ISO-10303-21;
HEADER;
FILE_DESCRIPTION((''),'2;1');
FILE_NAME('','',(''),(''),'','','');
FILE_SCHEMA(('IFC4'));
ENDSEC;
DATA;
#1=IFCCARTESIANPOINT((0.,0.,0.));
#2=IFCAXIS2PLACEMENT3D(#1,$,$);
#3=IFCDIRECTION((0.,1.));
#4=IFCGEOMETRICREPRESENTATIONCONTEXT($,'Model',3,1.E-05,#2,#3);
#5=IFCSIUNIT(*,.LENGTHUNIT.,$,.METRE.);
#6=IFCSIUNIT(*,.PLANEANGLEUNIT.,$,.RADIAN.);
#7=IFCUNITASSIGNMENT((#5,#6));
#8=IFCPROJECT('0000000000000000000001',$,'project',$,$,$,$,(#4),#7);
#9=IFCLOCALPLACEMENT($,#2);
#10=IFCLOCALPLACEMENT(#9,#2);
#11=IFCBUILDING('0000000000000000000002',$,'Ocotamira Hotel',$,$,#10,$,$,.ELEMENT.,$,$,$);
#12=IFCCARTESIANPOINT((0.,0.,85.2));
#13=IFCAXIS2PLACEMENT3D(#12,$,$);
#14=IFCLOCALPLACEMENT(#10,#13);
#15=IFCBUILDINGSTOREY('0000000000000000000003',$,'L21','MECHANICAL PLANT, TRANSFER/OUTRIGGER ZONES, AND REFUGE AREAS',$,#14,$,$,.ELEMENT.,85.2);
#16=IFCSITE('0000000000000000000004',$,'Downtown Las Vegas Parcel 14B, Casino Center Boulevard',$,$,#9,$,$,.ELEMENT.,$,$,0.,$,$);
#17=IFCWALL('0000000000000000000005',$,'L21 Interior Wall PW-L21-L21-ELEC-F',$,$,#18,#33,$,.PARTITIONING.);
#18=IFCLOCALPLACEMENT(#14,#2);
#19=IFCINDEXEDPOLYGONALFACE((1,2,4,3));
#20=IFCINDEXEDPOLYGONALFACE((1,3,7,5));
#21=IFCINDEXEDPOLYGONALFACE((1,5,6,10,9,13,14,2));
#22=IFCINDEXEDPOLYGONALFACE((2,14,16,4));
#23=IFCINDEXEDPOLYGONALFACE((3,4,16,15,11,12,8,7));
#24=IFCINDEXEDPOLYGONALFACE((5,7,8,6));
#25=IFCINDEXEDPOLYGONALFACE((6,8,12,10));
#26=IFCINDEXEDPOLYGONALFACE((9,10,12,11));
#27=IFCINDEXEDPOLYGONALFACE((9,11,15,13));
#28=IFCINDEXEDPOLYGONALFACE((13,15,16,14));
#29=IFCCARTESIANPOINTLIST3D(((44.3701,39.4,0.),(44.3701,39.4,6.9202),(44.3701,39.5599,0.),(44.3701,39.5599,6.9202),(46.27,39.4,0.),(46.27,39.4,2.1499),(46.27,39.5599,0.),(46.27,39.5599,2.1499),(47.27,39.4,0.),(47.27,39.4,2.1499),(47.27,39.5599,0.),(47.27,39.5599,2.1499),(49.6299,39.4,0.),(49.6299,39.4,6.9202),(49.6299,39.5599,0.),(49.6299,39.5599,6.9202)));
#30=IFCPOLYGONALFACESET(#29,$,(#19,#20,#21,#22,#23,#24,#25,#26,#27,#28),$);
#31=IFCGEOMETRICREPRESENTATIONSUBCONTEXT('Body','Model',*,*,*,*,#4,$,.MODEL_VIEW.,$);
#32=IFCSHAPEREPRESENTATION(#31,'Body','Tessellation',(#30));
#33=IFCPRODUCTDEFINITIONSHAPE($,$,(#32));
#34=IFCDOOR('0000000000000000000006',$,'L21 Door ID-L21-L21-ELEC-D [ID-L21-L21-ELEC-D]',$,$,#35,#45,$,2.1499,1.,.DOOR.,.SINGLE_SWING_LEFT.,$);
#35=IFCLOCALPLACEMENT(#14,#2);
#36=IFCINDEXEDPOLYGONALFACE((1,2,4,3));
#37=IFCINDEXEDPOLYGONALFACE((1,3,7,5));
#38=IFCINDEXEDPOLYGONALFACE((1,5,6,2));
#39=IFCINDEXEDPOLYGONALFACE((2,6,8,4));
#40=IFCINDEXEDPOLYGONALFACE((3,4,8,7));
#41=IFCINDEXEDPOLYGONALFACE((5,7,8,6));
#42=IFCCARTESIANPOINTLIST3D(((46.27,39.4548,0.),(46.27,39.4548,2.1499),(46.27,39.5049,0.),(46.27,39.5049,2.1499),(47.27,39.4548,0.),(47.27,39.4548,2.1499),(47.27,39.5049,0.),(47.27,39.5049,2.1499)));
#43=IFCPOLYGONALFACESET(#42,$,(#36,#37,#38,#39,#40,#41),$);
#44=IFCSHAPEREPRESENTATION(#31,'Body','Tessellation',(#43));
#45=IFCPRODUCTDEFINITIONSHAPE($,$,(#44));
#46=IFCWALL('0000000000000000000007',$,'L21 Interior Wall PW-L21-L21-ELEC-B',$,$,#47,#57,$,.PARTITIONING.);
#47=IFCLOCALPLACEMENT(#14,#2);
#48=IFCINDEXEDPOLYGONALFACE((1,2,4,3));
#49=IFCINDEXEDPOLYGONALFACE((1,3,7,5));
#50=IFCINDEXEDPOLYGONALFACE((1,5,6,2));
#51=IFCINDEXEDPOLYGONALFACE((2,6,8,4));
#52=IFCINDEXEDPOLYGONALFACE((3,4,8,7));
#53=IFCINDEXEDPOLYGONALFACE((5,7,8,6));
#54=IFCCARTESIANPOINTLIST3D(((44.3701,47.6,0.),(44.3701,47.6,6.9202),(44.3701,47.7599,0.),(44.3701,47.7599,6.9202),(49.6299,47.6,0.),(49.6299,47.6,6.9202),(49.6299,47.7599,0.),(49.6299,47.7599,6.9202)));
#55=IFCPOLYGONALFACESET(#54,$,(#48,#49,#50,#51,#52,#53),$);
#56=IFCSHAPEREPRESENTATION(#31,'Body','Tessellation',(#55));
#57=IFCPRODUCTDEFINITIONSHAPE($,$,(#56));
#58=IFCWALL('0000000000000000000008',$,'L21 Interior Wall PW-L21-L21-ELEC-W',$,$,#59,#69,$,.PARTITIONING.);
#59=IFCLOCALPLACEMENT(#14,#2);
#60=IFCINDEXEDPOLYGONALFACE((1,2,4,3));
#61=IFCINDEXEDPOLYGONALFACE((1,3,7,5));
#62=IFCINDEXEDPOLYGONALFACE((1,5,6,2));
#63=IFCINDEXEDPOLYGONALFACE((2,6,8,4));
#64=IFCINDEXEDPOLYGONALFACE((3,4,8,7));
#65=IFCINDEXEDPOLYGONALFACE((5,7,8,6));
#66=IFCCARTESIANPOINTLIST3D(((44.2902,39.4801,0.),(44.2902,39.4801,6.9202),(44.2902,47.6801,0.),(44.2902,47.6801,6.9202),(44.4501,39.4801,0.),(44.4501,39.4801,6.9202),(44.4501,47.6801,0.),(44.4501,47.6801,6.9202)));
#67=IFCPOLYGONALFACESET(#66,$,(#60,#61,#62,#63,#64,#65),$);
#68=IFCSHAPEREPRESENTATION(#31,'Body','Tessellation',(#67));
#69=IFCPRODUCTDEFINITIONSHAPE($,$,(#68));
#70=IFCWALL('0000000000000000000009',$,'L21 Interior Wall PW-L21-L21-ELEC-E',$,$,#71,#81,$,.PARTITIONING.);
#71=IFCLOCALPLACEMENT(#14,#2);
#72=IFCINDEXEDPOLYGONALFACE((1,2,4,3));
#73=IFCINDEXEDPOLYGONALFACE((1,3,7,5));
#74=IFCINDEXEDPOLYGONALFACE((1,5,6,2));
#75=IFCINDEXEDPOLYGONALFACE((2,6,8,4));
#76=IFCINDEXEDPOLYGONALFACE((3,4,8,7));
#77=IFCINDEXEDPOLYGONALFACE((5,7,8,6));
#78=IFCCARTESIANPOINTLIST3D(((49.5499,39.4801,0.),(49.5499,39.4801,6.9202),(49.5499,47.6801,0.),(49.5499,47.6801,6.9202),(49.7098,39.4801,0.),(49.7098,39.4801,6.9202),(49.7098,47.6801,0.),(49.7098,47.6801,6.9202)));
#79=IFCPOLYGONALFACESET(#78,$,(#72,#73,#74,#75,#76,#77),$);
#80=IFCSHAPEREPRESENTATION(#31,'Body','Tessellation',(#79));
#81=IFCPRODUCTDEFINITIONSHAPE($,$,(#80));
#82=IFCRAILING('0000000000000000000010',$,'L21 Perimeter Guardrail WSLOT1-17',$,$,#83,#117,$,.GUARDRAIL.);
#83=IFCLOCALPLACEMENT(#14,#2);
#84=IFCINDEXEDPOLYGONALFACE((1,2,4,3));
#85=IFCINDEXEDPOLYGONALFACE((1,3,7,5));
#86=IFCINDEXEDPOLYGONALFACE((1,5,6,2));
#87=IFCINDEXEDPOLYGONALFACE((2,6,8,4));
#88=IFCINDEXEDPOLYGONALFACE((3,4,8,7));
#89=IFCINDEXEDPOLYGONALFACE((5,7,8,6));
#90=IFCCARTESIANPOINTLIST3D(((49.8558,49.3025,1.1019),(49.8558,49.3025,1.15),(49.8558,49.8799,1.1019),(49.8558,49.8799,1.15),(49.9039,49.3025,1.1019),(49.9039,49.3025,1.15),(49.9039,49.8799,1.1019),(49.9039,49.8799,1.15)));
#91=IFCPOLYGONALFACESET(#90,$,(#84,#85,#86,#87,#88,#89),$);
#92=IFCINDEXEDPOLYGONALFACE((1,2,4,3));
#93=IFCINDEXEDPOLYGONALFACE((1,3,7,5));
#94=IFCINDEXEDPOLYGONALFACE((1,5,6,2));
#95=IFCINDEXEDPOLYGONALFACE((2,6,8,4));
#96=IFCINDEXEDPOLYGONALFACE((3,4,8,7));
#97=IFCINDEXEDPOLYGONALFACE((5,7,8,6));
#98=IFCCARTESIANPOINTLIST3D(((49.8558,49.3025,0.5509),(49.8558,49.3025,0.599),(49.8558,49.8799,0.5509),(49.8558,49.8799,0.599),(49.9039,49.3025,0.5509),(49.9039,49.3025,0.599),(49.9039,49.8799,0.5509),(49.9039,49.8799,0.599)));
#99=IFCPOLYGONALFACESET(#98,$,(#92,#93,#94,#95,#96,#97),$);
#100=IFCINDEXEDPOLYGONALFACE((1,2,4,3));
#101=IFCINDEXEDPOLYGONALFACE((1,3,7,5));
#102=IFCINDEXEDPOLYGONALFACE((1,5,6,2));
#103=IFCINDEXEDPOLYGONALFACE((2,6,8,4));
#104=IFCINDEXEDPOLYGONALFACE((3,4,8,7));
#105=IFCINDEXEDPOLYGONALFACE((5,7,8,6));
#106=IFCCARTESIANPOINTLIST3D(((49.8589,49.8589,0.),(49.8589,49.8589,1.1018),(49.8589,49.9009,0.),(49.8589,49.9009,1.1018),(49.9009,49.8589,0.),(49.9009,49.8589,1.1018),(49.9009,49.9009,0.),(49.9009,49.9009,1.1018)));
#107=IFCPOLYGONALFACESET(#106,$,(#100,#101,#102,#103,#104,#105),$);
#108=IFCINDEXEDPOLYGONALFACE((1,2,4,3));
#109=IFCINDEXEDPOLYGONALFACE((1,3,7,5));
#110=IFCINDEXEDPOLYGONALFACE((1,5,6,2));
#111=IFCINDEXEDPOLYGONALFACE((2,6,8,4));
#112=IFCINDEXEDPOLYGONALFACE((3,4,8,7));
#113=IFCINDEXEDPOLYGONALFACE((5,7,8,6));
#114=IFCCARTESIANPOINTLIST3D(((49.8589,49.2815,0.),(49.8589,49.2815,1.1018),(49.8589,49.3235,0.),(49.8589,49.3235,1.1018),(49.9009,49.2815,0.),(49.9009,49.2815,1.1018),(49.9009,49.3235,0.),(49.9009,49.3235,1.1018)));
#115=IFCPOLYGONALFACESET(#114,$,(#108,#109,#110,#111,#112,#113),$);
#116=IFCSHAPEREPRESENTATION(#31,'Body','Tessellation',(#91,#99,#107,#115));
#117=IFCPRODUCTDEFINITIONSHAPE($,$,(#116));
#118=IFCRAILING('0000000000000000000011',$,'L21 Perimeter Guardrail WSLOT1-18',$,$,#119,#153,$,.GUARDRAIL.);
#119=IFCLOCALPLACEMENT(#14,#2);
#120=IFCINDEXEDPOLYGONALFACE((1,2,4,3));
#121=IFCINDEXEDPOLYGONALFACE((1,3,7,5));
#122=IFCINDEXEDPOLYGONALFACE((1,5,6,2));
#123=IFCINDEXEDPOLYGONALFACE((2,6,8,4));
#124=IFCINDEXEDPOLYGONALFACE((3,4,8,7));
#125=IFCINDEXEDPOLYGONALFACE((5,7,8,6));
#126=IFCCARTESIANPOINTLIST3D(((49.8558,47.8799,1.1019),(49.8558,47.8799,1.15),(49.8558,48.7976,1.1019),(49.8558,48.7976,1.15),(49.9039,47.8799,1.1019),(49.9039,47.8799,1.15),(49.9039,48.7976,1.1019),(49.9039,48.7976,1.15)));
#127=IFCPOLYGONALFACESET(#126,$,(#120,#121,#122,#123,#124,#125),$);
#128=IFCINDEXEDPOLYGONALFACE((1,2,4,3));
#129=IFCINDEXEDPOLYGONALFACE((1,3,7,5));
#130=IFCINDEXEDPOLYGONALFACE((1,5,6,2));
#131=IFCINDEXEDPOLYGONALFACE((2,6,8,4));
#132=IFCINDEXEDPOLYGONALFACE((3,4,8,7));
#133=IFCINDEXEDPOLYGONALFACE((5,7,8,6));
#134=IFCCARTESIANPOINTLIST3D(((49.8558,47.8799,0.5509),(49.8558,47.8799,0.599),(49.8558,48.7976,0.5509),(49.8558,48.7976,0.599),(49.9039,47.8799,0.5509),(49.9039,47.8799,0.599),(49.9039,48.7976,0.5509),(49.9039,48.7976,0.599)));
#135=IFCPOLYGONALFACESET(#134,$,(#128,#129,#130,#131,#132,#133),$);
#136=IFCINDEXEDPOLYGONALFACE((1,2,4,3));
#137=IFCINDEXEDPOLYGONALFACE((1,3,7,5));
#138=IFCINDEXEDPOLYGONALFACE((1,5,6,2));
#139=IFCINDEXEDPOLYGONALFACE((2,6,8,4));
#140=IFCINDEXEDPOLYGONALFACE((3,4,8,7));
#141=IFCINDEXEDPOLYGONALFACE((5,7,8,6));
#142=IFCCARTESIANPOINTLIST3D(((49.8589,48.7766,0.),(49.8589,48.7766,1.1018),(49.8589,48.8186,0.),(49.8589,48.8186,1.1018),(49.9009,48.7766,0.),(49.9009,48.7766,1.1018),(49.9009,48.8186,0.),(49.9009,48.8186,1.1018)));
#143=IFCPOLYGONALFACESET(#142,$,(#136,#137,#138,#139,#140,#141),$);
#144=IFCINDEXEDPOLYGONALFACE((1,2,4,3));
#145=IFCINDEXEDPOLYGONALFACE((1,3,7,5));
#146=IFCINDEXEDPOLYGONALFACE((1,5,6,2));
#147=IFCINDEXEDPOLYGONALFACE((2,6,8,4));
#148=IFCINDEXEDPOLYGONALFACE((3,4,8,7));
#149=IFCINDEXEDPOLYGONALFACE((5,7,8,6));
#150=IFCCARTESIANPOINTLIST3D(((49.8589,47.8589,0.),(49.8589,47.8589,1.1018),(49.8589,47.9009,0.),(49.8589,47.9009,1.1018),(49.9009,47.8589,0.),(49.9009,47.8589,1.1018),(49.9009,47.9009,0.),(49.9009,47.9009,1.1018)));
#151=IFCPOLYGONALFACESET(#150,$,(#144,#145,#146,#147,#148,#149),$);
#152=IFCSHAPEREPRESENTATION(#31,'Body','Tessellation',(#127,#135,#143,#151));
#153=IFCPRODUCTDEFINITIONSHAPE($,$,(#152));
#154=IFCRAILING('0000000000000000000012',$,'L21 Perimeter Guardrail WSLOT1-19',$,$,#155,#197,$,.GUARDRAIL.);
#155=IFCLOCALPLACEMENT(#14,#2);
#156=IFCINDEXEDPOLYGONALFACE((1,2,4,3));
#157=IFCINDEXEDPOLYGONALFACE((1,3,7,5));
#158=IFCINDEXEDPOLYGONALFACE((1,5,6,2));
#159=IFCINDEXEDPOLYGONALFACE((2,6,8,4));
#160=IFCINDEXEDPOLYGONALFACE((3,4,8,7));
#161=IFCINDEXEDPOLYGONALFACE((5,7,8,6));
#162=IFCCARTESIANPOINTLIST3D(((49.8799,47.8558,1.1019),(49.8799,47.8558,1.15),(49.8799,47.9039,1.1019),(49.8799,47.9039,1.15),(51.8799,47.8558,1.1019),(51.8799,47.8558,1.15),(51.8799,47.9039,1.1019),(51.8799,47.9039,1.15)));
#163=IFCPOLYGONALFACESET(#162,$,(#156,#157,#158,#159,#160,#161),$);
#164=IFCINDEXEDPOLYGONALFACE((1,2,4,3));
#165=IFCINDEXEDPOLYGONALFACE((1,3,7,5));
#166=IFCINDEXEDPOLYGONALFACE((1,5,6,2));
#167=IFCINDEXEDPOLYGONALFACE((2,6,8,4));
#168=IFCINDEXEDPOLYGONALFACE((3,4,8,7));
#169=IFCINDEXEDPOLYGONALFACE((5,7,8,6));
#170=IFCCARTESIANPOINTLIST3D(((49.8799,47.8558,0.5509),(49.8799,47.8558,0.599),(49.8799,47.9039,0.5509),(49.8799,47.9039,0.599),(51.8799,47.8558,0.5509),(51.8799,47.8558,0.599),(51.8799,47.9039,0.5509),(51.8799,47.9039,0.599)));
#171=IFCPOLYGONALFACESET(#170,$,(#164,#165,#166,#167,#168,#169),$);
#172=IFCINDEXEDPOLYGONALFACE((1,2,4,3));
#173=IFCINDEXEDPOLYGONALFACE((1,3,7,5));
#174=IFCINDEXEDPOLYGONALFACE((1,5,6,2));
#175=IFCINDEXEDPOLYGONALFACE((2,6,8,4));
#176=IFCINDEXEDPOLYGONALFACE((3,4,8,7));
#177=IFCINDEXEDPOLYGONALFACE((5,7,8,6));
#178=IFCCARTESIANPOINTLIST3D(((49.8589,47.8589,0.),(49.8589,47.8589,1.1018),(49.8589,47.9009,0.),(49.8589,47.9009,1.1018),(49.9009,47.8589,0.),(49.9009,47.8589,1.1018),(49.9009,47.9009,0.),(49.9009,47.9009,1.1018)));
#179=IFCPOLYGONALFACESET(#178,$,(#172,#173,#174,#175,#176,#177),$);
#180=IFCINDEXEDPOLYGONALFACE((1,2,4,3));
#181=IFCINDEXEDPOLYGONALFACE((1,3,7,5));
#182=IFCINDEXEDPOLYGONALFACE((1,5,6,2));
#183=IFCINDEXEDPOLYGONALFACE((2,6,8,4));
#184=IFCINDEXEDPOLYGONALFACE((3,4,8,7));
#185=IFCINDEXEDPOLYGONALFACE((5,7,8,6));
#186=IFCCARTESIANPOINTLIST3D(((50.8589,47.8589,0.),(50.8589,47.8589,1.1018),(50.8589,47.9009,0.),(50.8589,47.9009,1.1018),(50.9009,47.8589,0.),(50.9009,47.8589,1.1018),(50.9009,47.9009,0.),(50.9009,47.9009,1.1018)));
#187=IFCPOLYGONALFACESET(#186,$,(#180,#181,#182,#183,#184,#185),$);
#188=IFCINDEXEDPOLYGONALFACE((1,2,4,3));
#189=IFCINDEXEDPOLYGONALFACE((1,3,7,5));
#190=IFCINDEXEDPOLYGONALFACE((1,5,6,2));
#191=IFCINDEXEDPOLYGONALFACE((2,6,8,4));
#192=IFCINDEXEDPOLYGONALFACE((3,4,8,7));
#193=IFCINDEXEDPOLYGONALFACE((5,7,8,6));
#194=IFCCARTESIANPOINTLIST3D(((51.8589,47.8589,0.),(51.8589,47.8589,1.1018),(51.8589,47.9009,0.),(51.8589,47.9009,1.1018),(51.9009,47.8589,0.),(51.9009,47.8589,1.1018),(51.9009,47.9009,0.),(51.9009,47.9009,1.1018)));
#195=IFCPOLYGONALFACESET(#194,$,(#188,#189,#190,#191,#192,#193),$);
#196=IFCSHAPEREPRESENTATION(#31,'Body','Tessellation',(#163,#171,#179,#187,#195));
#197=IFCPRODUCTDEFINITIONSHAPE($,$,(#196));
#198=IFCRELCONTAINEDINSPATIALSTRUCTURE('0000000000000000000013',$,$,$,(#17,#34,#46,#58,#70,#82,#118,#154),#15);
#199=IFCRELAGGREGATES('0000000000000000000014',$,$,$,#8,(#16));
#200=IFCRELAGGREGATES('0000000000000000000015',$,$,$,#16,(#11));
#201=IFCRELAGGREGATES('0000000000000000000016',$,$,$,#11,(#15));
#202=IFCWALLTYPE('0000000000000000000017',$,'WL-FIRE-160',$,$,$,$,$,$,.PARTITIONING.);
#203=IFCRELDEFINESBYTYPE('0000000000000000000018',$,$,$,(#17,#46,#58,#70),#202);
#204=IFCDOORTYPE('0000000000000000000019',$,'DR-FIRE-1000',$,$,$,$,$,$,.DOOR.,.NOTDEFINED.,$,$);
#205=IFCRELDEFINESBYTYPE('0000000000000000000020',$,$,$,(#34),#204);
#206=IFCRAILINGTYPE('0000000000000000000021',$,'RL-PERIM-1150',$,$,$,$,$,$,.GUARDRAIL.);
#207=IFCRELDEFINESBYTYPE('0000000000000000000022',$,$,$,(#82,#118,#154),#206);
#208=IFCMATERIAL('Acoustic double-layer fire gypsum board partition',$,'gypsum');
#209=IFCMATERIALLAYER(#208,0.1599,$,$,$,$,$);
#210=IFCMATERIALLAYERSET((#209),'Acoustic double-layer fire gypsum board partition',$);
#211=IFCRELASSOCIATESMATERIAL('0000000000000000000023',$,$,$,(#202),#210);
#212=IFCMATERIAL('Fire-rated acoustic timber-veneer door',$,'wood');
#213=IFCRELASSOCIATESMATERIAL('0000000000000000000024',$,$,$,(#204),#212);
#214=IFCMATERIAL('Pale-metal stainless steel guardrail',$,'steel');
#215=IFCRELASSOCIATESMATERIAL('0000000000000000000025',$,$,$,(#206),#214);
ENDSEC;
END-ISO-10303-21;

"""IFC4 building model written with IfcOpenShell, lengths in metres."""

from ifc_helpers import new_model, si_unit, direction, frame, frame_2d, origin, origin_2d, place, context, subcontext, project, spatial, rectangle, extrude, source, transform, mapped, material, layer, layer_set, type_object, element, fill, save


model = new_model("IFC4")

# Units and contexts
model_context = context("Model", 3, precision=1e-05, world=origin(), true_north=direction((0.0, 1.0)))
body_context = subcontext(model_context, "Body", "Model", "MODEL_VIEW")
ifc_project = project(units=[si_unit("LENGTHUNIT", "METRE"), si_unit("PLANEANGLEUNIT", "RADIAN")], contexts=[model_context])

# Site, building, storey
site_placement = place(None, origin())
site = spatial("IfcSite", under=ifc_project, at=site_placement, Name="Downtown Las Vegas Parcel 14B, Casino Center Boulevard", CompositionType="ELEMENT", RefElevation=0.0)
building_placement = place(site_placement, origin())
building = spatial("IfcBuilding", under=site, at=building_placement, Name="Ocotamira Hotel", CompositionType="ELEMENT")
storey_placement = place(building_placement, frame((0.0, 0.0, 85.2)))
storey = spatial("IfcBuildingStorey", under=building, at=storey_placement, Name="L21", Description="MECHANICAL PLANT, TRANSFER/OUTRIGGER ZONES, AND REFUGE AREAS", CompositionType="ELEMENT", Elevation=85.2)

# Wall, opening, door
ifc_material_1 = material(Name="Acoustic double-layer fire gypsum board partition", Category="gypsum")
ifc_layer_1 = layer(ifc_material_1, 0.1599)
ifc_layer_set_1 = layer_set([ifc_layer_1], Name="Acoustic double-layer fire gypsum board partition")
wall_type = type_object("IfcWallType", Name="WL-FIRE-160", PredefinedType="PARTITIONING", material=ifc_layer_set_1)
wall_1_placement = place(storey_placement, frame((44.3701, 39.48, 0.0), z_axis=(0.0, 0.0, 1.0), x_axis=(1.0, 0.0, 0.0)))
wall_1 = element("IfcWall", 1, at=wall_1_placement, inside=storey, type_object=wall_type, Name="L21 Interior Wall PW-L21-L21-ELEC-F", PredefinedType="PARTITIONING", context=body_context, shape_type="SweptSolid", body=[
    extrude(rectangle(XDim=5.2598, YDim=0.1599, at=frame_2d((2.6299, 0.0))), origin(), (0.0, 0.0, 1.0), 6.9202),
])
opening_placement = place(wall_1_placement, frame((1.8999, 0.0, 0.0)))
opening = element("IfcOpeningElement", 2, at=opening_placement, cuts=wall_1, PredefinedType="OPENING", context=body_context, shape_type="SweptSolid", body=[
    extrude(rectangle(XDim=1.0, YDim=2.1499, at=frame_2d((0.5, 1.075))), frame((0.0, 0.0898, 0.0), z_axis=(0.0, -1.0, 0.0), x_axis=(1.0, 0.0, 0.0)), (0.0, 0.0, 1.0), 0.1799),
])
ifc_material_2 = material(Name="Fire-rated acoustic timber-veneer door", Category="wood")
door_type = type_object("IfcDoorType", Name="DR-FIRE-1000", OperationType="NOTDEFINED", PredefinedType="DOOR", material=ifc_material_2)
shared_shape_1 = source(origin(), body_context, "Body", "SweptSolid", [
    extrude(rectangle(XDim=1.0, YDim=2.1499, at=frame_2d((0.5, 1.075))), frame((0.0, 0.0249, 0.0), z_axis=(0.0, -1.0, 0.0), x_axis=(1.0, 0.0, 0.0)), (0.0, 0.0, 1.0), 0.05),
])
door_placement = place(opening_placement, origin())
door = element("IfcDoor", 3, at=door_placement, inside=storey, type_object=door_type, Name="L21 Door ID-L21-L21-ELEC-D [ID-L21-L21-ELEC-D]", OperationType="SINGLE_SWING_LEFT", OverallHeight=2.1499, OverallWidth=1.0, PredefinedType="DOOR", context=body_context, shape_type="MappedRepresentation", body=[
    mapped(shared_shape_1, transform((0.0, 0.0, 0.0), scale=1.0)),
])
fill(opening, door)

# Walls
wall_2_placement = place(storey_placement, frame((44.3701, 47.6799, 0.0), z_axis=(0.0, 0.0, 1.0), x_axis=(1.0, 0.0, 0.0)))
element("IfcWall", 4, at=wall_2_placement, inside=storey, type_object=wall_type, Name="L21 Interior Wall PW-L21-L21-ELEC-B", PredefinedType="PARTITIONING", context=body_context, shape_type="SweptSolid", body=[
    extrude(rectangle(XDim=5.2598, YDim=0.1599, at=frame_2d((2.6299, 0.0))), origin(), (0.0, 0.0, 1.0), 6.9202),
])
for number, where, z_axis, x_axis, name in (
    (5, (44.3701, 39.48, 0.0), (0.0, 0.0, 1.0), (0.0, 1.0, 0.0), "L21 Interior Wall PW-L21-L21-ELEC-W"),
    (6, (49.6299, 39.48, 0.0), (0.0, 0.0, 1.0), (0.0, 1.0, 0.0), "L21 Interior Wall PW-L21-L21-ELEC-E"),
):
    element("IfcWall", number, at=place(storey_placement, frame(where, z_axis=z_axis, x_axis=x_axis)), inside=storey, type_object=wall_type, Name=name, PredefinedType="PARTITIONING", context=body_context, shape_type="SweptSolid", body=[
        extrude(rectangle(XDim=8.2, YDim=0.1599, at=frame_2d((4.1001, 0.0))), origin(), (0.0, 0.0, 1.0), 6.9202),
    ])

# Railings
ifc_material_3 = material(Name="Pale-metal stainless steel guardrail", Category="steel")
railing_type = type_object("IfcRailingType", Name="RL-PERIM-1150", PredefinedType="GUARDRAIL", material=ifc_material_3)
railing_1_placement = place(storey_placement, frame((49.8799, 49.8799, 0.0)))
element("IfcRailing", 7, at=railing_1_placement, inside=storey, type_object=railing_type, Name="L21 Perimeter Guardrail WSLOT1-17", PredefinedType="GUARDRAIL", context=body_context, shape_type="SweptSolid", body=[
    extrude(rectangle(XDim=0.0481, YDim=0.0481, at=origin_2d()), frame((0.0, 0.0, 1.126), z_axis=(0.0, -1.0, 0.0), x_axis=(1.0, 0.0, 0.0)), (0.0, 0.0, 1.0), 0.5774),
    extrude(rectangle(XDim=0.0481, YDim=0.0481, at=origin_2d()), frame((0.0, 0.0, 0.575), z_axis=(0.0, -1.0, 0.0), x_axis=(1.0, 0.0, 0.0)), (0.0, 0.0, 1.0), 0.5774),
    extrude(rectangle(XDim=0.042, YDim=0.042, at=origin_2d()), origin(), (0.0, 0.0, 1.0), 1.1018),
    extrude(rectangle(XDim=0.042, YDim=0.042, at=origin_2d()), frame((0.0, -0.5774, 0.0)), (0.0, 0.0, 1.0), 1.1018),
])
railing_2_placement = place(storey_placement, frame((49.8799, 48.7976, 0.0)))
element("IfcRailing", 8, at=railing_2_placement, inside=storey, type_object=railing_type, Name="L21 Perimeter Guardrail WSLOT1-18", PredefinedType="GUARDRAIL", context=body_context, shape_type="SweptSolid", body=[
    extrude(rectangle(XDim=0.0481, YDim=0.0481, at=origin_2d()), frame((0.0, 0.0, 1.126), z_axis=(0.0, -1.0, 0.0), x_axis=(1.0, 0.0, 0.0)), (0.0, 0.0, 1.0), 0.9177),
    extrude(rectangle(XDim=0.0481, YDim=0.0481, at=origin_2d()), frame((0.0, 0.0, 0.575), z_axis=(0.0, -1.0, 0.0), x_axis=(1.0, 0.0, 0.0)), (0.0, 0.0, 1.0), 0.9177),
    extrude(rectangle(XDim=0.042, YDim=0.042, at=origin_2d()), origin(), (0.0, 0.0, 1.0), 1.1018),
    extrude(rectangle(XDim=0.042, YDim=0.042, at=origin_2d()), frame((0.0, -0.9177, 0.0)), (0.0, 0.0, 1.0), 1.1018),
])
railing_3_placement = place(storey_placement, frame((49.8799, 47.8799, 0.0)))
element("IfcRailing", 9, at=railing_3_placement, inside=storey, type_object=railing_type, Name="L21 Perimeter Guardrail WSLOT1-19", PredefinedType="GUARDRAIL", context=body_context, shape_type="SweptSolid", body=[
    extrude(rectangle(XDim=0.0481, YDim=0.0481, at=origin_2d()), frame((0.0, 0.0, 1.126), z_axis=(1.0, 0.0, 0.0), x_axis=(0.0, 1.0, 0.0)), (0.0, 0.0, 1.0), 2.0),
    extrude(rectangle(XDim=0.0481, YDim=0.0481, at=origin_2d()), frame((0.0, 0.0, 0.575), z_axis=(1.0, 0.0, 0.0), x_axis=(0.0, 1.0, 0.0)), (0.0, 0.0, 1.0), 2.0),
    extrude(rectangle(XDim=0.042, YDim=0.042, at=origin_2d()), origin(), (0.0, 0.0, 1.0), 1.1018),
    extrude(rectangle(XDim=0.042, YDim=0.042, at=origin_2d()), frame((1.0, 0.0, 0.0)), (0.0, 0.0, 1.0), 1.1018),
    extrude(rectangle(XDim=0.042, YDim=0.042, at=origin_2d()), frame((2.0, 0.0, 0.0)), (0.0, 0.0, 1.0), 1.1018),
])

save(model, "model.ifc")
